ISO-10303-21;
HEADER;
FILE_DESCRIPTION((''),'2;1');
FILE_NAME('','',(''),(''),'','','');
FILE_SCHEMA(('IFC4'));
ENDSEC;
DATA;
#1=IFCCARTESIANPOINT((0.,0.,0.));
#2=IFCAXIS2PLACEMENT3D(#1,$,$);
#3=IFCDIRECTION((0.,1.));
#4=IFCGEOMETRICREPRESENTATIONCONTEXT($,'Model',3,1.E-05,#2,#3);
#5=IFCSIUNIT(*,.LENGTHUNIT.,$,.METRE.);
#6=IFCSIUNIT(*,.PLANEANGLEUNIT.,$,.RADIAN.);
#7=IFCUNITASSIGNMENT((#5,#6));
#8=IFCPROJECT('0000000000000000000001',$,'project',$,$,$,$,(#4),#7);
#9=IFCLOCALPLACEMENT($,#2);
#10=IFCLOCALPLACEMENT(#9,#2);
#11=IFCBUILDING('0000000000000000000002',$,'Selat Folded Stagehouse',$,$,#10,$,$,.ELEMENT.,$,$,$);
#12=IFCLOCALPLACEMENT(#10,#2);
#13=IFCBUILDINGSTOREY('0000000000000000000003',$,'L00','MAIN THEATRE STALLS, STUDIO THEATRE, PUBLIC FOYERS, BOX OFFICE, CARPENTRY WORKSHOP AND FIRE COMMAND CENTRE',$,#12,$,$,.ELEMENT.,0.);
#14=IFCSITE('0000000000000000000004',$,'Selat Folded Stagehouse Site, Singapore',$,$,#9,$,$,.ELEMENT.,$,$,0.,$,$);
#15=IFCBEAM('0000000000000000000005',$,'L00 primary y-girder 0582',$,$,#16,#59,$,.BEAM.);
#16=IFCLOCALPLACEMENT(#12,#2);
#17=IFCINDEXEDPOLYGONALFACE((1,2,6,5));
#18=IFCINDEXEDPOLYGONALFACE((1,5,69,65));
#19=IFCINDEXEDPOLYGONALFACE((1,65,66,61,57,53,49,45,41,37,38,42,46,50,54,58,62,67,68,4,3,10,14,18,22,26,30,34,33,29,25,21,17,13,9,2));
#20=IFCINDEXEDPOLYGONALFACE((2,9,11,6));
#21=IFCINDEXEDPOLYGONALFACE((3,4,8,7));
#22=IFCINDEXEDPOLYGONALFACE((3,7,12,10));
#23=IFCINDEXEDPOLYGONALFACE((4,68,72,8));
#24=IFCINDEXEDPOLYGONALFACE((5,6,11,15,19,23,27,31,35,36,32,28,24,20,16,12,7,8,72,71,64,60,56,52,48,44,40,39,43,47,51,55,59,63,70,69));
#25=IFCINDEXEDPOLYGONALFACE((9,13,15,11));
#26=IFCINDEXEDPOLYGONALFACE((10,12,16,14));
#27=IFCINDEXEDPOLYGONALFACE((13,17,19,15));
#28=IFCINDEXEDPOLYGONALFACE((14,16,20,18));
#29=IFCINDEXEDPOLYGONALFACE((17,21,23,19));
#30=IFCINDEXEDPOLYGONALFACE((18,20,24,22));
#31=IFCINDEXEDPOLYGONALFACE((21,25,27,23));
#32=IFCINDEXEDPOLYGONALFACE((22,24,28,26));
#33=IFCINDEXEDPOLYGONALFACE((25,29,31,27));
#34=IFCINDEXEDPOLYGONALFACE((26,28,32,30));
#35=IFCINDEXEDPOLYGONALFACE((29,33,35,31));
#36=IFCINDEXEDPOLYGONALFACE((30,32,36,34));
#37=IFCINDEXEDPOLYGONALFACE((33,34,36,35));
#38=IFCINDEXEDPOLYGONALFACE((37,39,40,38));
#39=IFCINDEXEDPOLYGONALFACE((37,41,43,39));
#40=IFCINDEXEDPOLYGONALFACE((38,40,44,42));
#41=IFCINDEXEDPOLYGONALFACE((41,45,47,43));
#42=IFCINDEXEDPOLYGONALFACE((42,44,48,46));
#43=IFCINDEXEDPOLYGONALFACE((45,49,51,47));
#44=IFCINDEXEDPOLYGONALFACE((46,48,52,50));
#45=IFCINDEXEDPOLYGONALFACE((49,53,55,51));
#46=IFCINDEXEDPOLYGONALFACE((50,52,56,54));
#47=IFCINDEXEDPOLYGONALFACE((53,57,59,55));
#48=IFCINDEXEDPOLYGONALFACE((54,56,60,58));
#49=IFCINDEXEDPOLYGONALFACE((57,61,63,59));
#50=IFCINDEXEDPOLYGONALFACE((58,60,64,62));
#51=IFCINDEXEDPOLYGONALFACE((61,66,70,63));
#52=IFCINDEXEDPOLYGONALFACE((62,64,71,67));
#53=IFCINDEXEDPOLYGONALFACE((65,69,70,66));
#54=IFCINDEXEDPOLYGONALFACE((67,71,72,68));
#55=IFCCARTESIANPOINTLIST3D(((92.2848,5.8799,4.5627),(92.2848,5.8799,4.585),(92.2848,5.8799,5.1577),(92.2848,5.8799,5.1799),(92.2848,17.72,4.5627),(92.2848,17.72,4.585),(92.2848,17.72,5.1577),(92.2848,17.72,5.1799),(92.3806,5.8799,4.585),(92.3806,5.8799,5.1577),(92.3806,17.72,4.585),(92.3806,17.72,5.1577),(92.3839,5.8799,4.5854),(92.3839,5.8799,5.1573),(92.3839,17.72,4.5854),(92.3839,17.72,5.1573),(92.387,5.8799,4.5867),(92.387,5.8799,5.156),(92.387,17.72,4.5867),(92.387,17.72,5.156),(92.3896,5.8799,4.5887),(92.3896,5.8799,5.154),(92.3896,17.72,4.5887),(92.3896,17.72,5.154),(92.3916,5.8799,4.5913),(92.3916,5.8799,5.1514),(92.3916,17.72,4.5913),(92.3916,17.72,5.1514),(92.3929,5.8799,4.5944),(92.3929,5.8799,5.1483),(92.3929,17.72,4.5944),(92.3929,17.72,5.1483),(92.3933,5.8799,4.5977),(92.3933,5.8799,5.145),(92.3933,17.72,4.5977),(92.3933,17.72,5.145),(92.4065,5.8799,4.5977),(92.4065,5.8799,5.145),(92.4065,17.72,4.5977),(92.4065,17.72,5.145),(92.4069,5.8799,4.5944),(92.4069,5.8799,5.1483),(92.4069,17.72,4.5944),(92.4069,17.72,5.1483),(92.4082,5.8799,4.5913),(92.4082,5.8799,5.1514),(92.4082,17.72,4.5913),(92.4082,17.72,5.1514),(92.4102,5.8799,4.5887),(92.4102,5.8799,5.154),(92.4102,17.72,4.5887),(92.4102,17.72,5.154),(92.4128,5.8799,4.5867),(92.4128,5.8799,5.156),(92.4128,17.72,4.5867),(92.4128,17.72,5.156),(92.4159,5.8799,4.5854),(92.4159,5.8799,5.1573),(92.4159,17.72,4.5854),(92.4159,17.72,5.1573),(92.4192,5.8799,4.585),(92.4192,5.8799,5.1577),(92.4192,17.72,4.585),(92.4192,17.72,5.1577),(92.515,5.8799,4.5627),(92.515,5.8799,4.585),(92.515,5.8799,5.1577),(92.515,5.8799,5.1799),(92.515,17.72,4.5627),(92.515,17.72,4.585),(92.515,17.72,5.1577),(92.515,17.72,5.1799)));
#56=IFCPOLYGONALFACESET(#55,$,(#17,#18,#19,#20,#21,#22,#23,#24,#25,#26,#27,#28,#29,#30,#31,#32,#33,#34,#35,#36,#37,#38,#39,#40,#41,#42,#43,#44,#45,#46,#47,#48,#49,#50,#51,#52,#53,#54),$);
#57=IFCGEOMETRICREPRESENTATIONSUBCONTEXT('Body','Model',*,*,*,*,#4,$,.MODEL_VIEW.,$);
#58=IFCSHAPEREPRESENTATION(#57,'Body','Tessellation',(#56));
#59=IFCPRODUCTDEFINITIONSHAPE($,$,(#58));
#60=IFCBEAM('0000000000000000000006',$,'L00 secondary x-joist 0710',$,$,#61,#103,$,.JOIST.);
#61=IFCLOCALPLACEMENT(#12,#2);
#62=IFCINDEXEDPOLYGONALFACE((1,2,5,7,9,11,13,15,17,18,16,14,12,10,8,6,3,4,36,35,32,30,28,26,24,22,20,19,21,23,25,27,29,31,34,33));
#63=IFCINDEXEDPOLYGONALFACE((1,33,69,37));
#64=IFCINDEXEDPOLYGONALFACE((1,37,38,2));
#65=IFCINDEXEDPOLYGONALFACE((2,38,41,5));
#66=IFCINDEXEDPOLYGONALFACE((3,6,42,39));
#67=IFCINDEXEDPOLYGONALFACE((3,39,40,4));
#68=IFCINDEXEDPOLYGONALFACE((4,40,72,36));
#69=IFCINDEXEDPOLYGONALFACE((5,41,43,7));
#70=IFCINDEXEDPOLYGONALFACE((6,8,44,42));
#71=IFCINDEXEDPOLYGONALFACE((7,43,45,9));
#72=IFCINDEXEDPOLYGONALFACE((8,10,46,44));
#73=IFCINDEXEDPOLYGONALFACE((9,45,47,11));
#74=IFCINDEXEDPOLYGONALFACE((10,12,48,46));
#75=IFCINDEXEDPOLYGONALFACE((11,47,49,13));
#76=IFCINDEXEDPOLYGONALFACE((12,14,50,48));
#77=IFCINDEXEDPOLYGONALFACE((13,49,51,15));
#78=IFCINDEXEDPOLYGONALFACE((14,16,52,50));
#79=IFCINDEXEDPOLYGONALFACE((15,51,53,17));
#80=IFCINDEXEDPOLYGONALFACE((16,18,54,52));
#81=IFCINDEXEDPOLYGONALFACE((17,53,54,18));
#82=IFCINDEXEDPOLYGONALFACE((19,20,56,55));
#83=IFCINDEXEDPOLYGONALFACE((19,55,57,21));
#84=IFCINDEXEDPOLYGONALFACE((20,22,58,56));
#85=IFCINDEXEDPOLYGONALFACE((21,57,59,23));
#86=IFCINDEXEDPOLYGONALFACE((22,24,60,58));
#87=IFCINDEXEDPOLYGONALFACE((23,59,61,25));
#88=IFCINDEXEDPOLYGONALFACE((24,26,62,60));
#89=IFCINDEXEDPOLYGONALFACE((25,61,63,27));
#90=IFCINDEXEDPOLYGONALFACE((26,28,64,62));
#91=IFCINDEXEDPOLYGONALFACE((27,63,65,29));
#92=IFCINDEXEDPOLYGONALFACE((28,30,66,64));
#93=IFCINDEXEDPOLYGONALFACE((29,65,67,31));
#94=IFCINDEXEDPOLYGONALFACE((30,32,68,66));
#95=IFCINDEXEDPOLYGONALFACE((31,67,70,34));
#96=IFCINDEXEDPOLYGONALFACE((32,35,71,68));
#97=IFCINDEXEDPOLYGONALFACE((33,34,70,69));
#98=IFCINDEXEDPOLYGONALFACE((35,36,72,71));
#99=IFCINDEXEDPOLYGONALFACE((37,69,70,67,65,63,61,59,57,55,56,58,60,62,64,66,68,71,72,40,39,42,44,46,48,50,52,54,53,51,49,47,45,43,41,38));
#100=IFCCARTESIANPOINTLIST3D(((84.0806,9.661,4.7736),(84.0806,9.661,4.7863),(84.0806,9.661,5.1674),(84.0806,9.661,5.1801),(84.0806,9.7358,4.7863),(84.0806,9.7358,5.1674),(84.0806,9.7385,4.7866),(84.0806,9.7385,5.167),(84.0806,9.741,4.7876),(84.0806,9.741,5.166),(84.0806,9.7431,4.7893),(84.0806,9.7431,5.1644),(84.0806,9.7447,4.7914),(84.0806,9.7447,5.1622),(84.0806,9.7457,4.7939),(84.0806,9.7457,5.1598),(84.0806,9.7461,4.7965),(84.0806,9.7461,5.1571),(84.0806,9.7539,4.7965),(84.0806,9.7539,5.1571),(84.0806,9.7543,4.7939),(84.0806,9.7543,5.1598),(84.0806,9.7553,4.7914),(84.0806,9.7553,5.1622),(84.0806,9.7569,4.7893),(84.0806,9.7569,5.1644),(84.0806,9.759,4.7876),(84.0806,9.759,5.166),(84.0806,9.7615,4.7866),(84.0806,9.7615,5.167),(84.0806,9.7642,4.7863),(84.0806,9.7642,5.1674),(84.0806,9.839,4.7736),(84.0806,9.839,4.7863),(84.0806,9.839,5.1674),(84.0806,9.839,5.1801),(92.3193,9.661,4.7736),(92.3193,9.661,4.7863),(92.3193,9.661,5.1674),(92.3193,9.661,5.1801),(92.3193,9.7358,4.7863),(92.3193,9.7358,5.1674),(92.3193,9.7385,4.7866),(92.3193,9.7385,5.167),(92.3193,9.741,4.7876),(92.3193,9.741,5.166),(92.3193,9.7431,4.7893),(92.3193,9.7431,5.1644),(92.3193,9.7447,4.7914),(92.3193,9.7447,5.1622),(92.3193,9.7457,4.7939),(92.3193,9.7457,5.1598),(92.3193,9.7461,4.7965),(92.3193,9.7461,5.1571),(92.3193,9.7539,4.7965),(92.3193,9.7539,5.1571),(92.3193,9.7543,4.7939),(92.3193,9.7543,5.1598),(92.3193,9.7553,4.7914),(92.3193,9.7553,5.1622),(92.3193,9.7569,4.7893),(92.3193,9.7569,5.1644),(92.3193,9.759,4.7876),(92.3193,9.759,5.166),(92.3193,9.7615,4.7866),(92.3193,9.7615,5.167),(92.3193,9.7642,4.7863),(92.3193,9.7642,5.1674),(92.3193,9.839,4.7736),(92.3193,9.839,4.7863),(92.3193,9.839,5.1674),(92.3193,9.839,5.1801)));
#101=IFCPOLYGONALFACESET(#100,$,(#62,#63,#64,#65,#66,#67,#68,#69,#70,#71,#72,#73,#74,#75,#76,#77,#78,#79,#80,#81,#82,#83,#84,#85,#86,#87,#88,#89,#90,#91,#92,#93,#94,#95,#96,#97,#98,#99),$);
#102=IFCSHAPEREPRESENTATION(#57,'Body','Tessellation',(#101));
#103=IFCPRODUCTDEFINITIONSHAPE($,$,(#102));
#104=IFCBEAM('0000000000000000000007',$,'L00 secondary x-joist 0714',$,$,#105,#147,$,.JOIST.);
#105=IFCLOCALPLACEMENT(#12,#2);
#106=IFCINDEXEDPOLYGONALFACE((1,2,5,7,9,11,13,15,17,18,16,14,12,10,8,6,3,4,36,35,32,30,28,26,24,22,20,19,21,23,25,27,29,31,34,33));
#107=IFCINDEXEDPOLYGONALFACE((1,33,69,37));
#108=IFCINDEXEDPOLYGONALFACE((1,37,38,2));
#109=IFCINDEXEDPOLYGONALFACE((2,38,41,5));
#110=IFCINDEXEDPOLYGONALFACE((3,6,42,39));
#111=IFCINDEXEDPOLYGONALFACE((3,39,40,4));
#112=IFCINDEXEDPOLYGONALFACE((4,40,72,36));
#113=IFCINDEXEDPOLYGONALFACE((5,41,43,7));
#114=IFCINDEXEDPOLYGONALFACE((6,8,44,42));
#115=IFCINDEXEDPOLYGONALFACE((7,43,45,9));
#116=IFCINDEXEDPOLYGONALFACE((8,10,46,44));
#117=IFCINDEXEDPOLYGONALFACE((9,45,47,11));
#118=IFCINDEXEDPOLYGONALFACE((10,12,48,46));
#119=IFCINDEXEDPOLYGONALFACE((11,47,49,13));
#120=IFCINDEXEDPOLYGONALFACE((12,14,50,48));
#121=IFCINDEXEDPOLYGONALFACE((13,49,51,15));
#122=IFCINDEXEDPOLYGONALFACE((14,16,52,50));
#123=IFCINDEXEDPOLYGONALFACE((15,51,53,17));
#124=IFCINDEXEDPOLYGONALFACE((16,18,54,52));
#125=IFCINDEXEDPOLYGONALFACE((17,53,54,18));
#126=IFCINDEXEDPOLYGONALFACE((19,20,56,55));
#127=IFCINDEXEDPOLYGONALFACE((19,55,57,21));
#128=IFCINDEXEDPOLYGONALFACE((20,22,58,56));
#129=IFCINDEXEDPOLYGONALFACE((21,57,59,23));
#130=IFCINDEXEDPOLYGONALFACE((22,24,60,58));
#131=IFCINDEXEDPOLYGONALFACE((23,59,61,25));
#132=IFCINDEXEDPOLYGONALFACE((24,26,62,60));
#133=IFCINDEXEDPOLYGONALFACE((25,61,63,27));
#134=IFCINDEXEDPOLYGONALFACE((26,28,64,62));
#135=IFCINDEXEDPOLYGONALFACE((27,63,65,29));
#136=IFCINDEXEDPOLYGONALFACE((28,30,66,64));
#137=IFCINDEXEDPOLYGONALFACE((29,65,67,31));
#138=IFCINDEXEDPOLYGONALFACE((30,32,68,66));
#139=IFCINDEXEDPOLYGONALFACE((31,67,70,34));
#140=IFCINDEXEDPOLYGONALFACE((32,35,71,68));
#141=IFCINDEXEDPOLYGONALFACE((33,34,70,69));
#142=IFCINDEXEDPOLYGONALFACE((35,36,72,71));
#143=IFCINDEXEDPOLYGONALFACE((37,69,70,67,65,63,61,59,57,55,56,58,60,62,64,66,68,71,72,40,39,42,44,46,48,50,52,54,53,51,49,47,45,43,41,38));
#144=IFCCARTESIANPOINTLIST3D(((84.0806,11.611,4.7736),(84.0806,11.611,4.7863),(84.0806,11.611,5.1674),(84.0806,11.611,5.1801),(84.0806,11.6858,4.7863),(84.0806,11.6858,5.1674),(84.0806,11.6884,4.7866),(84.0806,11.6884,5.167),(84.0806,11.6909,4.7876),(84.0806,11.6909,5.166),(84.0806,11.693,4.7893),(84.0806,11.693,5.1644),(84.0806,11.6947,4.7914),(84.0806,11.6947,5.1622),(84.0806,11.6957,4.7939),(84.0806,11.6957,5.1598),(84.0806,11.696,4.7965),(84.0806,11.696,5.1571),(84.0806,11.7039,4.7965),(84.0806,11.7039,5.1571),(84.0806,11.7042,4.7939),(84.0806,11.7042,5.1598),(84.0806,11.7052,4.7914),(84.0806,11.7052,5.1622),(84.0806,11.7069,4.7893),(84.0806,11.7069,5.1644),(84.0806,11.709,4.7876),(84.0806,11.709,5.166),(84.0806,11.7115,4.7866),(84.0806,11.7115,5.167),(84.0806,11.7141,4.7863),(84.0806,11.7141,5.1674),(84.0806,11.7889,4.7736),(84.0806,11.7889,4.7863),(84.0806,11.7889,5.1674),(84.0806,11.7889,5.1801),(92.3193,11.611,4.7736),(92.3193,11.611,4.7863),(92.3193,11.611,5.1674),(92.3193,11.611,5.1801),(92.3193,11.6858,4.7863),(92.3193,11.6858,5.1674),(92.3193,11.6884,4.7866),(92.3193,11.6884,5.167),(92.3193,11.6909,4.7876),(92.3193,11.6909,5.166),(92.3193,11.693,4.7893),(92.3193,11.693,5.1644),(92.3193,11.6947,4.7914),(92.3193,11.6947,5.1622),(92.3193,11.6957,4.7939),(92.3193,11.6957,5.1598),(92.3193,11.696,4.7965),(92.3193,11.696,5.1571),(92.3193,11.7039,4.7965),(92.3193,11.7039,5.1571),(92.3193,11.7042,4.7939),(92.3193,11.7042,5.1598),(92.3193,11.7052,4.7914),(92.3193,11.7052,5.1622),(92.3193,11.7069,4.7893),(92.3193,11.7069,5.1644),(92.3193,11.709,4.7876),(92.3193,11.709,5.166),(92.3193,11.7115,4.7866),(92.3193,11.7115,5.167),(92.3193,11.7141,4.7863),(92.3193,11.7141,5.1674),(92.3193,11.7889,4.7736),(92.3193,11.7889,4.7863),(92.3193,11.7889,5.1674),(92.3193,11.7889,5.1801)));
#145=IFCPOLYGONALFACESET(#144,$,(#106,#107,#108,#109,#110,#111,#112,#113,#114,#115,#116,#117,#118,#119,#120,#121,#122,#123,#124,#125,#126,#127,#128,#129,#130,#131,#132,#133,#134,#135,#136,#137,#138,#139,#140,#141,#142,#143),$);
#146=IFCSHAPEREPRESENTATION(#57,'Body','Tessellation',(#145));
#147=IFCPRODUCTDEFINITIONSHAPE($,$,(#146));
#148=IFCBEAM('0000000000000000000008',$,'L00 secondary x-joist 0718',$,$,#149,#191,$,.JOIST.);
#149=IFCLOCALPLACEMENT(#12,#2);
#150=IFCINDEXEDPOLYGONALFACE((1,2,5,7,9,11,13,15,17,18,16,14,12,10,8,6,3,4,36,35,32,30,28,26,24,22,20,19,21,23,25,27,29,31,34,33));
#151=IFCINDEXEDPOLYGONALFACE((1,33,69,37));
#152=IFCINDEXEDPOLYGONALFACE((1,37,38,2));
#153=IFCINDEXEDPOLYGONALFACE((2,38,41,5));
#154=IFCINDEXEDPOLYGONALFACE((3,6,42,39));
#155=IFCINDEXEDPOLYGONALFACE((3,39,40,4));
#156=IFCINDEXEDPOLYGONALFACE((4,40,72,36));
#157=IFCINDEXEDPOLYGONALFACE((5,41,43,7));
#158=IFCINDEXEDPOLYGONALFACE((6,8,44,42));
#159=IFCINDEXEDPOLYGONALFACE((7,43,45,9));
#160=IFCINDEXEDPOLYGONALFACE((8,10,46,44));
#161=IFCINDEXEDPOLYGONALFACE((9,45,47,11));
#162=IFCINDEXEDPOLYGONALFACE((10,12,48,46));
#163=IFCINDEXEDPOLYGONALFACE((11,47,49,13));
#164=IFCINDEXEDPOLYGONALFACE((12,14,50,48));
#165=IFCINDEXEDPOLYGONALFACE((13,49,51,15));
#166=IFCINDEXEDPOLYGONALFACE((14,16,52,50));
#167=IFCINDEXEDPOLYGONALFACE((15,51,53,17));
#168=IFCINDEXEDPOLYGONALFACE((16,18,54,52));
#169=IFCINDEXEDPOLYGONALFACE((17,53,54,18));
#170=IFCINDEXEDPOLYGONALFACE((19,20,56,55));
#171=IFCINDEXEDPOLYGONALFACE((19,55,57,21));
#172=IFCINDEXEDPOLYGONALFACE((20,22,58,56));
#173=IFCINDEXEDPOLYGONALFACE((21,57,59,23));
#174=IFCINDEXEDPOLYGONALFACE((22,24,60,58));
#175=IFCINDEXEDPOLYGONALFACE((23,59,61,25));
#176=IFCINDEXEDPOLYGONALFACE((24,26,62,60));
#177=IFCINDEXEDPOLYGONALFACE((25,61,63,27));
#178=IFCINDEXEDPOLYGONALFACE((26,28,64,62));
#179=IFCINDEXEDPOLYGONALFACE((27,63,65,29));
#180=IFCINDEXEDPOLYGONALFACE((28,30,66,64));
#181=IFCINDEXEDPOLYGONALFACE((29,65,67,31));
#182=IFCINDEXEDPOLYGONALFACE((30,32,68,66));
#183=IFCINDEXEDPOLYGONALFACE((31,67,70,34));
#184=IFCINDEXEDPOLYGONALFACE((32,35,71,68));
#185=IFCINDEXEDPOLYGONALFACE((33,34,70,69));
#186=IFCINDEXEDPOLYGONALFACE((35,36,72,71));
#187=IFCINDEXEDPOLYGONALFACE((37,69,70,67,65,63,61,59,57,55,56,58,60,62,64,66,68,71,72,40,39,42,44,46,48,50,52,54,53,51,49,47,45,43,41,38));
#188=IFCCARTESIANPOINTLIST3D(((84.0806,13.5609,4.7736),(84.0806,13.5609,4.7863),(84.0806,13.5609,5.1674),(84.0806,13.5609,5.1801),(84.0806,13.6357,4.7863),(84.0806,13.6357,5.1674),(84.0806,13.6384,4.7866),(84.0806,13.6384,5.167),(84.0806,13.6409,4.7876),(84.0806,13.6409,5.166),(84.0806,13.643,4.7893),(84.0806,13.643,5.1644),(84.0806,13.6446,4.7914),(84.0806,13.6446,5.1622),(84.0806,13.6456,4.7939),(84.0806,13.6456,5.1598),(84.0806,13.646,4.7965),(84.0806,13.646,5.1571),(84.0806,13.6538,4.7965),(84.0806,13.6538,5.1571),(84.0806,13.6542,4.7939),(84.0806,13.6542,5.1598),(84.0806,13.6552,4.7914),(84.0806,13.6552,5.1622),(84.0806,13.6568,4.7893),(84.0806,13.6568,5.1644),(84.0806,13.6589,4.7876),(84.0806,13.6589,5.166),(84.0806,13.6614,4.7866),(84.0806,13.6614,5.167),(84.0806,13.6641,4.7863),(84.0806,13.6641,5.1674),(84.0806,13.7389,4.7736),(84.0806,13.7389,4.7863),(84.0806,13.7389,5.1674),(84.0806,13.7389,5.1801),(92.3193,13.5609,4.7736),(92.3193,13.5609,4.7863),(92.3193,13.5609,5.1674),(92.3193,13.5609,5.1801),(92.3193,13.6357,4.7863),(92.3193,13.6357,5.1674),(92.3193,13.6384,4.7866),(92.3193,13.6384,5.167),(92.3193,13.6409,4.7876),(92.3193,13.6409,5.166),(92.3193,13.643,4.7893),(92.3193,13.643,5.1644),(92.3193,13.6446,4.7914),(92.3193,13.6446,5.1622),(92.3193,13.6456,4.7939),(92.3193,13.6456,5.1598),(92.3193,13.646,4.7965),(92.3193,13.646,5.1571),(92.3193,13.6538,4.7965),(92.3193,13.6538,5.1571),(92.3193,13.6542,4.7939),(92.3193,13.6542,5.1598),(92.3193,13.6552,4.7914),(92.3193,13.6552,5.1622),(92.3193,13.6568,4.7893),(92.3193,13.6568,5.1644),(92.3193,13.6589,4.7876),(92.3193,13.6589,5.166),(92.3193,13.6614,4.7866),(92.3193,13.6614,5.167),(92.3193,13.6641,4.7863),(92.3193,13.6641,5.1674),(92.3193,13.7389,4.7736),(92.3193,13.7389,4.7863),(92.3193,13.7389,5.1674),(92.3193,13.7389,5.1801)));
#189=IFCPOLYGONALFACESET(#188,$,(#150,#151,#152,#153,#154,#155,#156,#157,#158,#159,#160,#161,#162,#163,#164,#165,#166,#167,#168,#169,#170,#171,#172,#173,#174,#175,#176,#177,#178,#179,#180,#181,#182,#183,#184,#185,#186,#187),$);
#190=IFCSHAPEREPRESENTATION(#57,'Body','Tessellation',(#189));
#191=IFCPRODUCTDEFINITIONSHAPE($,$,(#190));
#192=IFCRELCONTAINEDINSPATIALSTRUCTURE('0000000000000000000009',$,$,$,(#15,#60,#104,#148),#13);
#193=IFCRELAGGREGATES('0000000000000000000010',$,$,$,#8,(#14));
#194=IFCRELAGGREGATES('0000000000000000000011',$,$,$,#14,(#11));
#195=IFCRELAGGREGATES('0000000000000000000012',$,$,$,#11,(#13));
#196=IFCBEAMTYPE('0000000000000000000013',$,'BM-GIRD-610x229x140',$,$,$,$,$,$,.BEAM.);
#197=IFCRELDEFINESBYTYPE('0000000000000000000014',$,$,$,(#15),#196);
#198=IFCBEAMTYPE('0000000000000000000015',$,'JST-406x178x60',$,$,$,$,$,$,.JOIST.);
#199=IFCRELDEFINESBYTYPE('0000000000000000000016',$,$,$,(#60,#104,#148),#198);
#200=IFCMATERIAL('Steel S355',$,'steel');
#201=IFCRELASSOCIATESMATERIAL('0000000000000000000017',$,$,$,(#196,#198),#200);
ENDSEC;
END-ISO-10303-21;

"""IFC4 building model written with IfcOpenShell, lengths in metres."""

from ifc_helpers import new_model, si_unit, direction, frame, origin, origin_2d, place, context, subcontext, project, spatial, i_section, extrude, material, material_profile, profile_set, type_object, element, save


model = new_model("IFC4")

# Units and contexts
model_context = context("Model", 3, precision=1e-05, world=origin(), true_north=direction((0.0, 1.0)))
body_context = subcontext(model_context, "Body", "Model", "MODEL_VIEW")
ifc_project = project(units=[si_unit("LENGTHUNIT", "METRE"), si_unit("PLANEANGLEUNIT", "RADIAN")], contexts=[model_context])

# Site, building, storey
site_placement = place(None, origin())
site = spatial("IfcSite", under=ifc_project, at=site_placement, Name="Selat Folded Stagehouse Site, Singapore", CompositionType="ELEMENT", RefElevation=0.0)
building_placement = place(site_placement, origin())
building = spatial("IfcBuilding", under=site, at=building_placement, Name="Selat Folded Stagehouse", CompositionType="ELEMENT")
storey_placement = place(building_placement, origin())
storey = spatial("IfcBuildingStorey", under=building, at=storey_placement, Name="L00", Description="MAIN THEATRE STALLS, STUDIO THEATRE, PUBLIC FOYERS, BOX OFFICE, CARPENTRY WORKSHOP AND FIRE COMMAND CENTRE", CompositionType="ELEMENT", Elevation=0.0)

# Shared definitions
ifc_material_1 = material(Name="Steel S355", Category="steel")

# Beams
ifc_material_profile_1 = material_profile(ifc_material_1, i_section(OverallWidth=0.2302, OverallDepth=0.6172, WebThickness=0.0132, FlangeThickness=0.0222, FilletRadius=0.0127, at=origin_2d()), Name="UKB 610x229x140")
ifc_profile_set_1 = profile_set([ifc_material_profile_1], Name="Steel S355")
beam_type_1 = type_object("IfcBeamType", Name="BM-GIRD-610x229x140", PredefinedType="BEAM", material=ifc_profile_set_1)
for number, where, z_axis, x_axis, name in (
    (1, (92.3999, 5.8799, 4.8713), (0.0, 1.0, 0.0), (-1.0, 0.0, 0.0), "L00 primary y-girder 0582"),
):
    element("IfcBeam", number, at=place(storey_placement, frame(where, z_axis=z_axis, x_axis=x_axis)), inside=storey, type_object=beam_type_1, Name=name, PredefinedType="BEAM", context=body_context, shape_type="SweptSolid", body=[
        extrude(i_section(OverallWidth=0.2302, OverallDepth=0.6172, WebThickness=0.0132, FlangeThickness=0.0222, FilletRadius=0.0127, at=origin_2d()), origin(), (0.0, 0.0, 1.0), 11.8401),
    ])
ifc_material_profile_2 = material_profile(ifc_material_1, i_section(OverallWidth=0.178, OverallDepth=0.4065, WebThickness=0.0078, FlangeThickness=0.0127, FilletRadius=0.0103, at=origin_2d()), Name="UKB 406x178x60")
ifc_profile_set_2 = profile_set([ifc_material_profile_2], Name="Steel S355")
beam_type_2 = type_object("IfcBeamType", Name="JST-406x178x60", PredefinedType="JOIST", material=ifc_profile_set_2)
for number, where, z_axis, x_axis, name in (
    (2, (84.0806, 9.75, 4.9768), (1.0, 0.0, 0.0), (0.0, 1.0, 0.0), "L00 secondary x-joist 0710"),
    (3, (84.0806, 11.7, 4.9768), (1.0, 0.0, 0.0), (0.0, 1.0, 0.0), "L00 secondary x-joist 0714"),
    (4, (84.0806, 13.6499, 4.9768), (1.0, 0.0, 0.0), (0.0, 1.0, 0.0), "L00 secondary x-joist 0718"),
):
    element("IfcBeam", number, at=place(storey_placement, frame(where, z_axis=z_axis, x_axis=x_axis)), inside=storey, type_object=beam_type_2, Name=name, PredefinedType="JOIST", context=body_context, shape_type="SweptSolid", body=[
        extrude(i_section(OverallWidth=0.178, OverallDepth=0.4065, WebThickness=0.0078, FlangeThickness=0.0127, FilletRadius=0.0103, at=origin_2d()), origin(), (0.0, 0.0, 1.0), 8.2388),
    ])

save(model, "model.ifc")
